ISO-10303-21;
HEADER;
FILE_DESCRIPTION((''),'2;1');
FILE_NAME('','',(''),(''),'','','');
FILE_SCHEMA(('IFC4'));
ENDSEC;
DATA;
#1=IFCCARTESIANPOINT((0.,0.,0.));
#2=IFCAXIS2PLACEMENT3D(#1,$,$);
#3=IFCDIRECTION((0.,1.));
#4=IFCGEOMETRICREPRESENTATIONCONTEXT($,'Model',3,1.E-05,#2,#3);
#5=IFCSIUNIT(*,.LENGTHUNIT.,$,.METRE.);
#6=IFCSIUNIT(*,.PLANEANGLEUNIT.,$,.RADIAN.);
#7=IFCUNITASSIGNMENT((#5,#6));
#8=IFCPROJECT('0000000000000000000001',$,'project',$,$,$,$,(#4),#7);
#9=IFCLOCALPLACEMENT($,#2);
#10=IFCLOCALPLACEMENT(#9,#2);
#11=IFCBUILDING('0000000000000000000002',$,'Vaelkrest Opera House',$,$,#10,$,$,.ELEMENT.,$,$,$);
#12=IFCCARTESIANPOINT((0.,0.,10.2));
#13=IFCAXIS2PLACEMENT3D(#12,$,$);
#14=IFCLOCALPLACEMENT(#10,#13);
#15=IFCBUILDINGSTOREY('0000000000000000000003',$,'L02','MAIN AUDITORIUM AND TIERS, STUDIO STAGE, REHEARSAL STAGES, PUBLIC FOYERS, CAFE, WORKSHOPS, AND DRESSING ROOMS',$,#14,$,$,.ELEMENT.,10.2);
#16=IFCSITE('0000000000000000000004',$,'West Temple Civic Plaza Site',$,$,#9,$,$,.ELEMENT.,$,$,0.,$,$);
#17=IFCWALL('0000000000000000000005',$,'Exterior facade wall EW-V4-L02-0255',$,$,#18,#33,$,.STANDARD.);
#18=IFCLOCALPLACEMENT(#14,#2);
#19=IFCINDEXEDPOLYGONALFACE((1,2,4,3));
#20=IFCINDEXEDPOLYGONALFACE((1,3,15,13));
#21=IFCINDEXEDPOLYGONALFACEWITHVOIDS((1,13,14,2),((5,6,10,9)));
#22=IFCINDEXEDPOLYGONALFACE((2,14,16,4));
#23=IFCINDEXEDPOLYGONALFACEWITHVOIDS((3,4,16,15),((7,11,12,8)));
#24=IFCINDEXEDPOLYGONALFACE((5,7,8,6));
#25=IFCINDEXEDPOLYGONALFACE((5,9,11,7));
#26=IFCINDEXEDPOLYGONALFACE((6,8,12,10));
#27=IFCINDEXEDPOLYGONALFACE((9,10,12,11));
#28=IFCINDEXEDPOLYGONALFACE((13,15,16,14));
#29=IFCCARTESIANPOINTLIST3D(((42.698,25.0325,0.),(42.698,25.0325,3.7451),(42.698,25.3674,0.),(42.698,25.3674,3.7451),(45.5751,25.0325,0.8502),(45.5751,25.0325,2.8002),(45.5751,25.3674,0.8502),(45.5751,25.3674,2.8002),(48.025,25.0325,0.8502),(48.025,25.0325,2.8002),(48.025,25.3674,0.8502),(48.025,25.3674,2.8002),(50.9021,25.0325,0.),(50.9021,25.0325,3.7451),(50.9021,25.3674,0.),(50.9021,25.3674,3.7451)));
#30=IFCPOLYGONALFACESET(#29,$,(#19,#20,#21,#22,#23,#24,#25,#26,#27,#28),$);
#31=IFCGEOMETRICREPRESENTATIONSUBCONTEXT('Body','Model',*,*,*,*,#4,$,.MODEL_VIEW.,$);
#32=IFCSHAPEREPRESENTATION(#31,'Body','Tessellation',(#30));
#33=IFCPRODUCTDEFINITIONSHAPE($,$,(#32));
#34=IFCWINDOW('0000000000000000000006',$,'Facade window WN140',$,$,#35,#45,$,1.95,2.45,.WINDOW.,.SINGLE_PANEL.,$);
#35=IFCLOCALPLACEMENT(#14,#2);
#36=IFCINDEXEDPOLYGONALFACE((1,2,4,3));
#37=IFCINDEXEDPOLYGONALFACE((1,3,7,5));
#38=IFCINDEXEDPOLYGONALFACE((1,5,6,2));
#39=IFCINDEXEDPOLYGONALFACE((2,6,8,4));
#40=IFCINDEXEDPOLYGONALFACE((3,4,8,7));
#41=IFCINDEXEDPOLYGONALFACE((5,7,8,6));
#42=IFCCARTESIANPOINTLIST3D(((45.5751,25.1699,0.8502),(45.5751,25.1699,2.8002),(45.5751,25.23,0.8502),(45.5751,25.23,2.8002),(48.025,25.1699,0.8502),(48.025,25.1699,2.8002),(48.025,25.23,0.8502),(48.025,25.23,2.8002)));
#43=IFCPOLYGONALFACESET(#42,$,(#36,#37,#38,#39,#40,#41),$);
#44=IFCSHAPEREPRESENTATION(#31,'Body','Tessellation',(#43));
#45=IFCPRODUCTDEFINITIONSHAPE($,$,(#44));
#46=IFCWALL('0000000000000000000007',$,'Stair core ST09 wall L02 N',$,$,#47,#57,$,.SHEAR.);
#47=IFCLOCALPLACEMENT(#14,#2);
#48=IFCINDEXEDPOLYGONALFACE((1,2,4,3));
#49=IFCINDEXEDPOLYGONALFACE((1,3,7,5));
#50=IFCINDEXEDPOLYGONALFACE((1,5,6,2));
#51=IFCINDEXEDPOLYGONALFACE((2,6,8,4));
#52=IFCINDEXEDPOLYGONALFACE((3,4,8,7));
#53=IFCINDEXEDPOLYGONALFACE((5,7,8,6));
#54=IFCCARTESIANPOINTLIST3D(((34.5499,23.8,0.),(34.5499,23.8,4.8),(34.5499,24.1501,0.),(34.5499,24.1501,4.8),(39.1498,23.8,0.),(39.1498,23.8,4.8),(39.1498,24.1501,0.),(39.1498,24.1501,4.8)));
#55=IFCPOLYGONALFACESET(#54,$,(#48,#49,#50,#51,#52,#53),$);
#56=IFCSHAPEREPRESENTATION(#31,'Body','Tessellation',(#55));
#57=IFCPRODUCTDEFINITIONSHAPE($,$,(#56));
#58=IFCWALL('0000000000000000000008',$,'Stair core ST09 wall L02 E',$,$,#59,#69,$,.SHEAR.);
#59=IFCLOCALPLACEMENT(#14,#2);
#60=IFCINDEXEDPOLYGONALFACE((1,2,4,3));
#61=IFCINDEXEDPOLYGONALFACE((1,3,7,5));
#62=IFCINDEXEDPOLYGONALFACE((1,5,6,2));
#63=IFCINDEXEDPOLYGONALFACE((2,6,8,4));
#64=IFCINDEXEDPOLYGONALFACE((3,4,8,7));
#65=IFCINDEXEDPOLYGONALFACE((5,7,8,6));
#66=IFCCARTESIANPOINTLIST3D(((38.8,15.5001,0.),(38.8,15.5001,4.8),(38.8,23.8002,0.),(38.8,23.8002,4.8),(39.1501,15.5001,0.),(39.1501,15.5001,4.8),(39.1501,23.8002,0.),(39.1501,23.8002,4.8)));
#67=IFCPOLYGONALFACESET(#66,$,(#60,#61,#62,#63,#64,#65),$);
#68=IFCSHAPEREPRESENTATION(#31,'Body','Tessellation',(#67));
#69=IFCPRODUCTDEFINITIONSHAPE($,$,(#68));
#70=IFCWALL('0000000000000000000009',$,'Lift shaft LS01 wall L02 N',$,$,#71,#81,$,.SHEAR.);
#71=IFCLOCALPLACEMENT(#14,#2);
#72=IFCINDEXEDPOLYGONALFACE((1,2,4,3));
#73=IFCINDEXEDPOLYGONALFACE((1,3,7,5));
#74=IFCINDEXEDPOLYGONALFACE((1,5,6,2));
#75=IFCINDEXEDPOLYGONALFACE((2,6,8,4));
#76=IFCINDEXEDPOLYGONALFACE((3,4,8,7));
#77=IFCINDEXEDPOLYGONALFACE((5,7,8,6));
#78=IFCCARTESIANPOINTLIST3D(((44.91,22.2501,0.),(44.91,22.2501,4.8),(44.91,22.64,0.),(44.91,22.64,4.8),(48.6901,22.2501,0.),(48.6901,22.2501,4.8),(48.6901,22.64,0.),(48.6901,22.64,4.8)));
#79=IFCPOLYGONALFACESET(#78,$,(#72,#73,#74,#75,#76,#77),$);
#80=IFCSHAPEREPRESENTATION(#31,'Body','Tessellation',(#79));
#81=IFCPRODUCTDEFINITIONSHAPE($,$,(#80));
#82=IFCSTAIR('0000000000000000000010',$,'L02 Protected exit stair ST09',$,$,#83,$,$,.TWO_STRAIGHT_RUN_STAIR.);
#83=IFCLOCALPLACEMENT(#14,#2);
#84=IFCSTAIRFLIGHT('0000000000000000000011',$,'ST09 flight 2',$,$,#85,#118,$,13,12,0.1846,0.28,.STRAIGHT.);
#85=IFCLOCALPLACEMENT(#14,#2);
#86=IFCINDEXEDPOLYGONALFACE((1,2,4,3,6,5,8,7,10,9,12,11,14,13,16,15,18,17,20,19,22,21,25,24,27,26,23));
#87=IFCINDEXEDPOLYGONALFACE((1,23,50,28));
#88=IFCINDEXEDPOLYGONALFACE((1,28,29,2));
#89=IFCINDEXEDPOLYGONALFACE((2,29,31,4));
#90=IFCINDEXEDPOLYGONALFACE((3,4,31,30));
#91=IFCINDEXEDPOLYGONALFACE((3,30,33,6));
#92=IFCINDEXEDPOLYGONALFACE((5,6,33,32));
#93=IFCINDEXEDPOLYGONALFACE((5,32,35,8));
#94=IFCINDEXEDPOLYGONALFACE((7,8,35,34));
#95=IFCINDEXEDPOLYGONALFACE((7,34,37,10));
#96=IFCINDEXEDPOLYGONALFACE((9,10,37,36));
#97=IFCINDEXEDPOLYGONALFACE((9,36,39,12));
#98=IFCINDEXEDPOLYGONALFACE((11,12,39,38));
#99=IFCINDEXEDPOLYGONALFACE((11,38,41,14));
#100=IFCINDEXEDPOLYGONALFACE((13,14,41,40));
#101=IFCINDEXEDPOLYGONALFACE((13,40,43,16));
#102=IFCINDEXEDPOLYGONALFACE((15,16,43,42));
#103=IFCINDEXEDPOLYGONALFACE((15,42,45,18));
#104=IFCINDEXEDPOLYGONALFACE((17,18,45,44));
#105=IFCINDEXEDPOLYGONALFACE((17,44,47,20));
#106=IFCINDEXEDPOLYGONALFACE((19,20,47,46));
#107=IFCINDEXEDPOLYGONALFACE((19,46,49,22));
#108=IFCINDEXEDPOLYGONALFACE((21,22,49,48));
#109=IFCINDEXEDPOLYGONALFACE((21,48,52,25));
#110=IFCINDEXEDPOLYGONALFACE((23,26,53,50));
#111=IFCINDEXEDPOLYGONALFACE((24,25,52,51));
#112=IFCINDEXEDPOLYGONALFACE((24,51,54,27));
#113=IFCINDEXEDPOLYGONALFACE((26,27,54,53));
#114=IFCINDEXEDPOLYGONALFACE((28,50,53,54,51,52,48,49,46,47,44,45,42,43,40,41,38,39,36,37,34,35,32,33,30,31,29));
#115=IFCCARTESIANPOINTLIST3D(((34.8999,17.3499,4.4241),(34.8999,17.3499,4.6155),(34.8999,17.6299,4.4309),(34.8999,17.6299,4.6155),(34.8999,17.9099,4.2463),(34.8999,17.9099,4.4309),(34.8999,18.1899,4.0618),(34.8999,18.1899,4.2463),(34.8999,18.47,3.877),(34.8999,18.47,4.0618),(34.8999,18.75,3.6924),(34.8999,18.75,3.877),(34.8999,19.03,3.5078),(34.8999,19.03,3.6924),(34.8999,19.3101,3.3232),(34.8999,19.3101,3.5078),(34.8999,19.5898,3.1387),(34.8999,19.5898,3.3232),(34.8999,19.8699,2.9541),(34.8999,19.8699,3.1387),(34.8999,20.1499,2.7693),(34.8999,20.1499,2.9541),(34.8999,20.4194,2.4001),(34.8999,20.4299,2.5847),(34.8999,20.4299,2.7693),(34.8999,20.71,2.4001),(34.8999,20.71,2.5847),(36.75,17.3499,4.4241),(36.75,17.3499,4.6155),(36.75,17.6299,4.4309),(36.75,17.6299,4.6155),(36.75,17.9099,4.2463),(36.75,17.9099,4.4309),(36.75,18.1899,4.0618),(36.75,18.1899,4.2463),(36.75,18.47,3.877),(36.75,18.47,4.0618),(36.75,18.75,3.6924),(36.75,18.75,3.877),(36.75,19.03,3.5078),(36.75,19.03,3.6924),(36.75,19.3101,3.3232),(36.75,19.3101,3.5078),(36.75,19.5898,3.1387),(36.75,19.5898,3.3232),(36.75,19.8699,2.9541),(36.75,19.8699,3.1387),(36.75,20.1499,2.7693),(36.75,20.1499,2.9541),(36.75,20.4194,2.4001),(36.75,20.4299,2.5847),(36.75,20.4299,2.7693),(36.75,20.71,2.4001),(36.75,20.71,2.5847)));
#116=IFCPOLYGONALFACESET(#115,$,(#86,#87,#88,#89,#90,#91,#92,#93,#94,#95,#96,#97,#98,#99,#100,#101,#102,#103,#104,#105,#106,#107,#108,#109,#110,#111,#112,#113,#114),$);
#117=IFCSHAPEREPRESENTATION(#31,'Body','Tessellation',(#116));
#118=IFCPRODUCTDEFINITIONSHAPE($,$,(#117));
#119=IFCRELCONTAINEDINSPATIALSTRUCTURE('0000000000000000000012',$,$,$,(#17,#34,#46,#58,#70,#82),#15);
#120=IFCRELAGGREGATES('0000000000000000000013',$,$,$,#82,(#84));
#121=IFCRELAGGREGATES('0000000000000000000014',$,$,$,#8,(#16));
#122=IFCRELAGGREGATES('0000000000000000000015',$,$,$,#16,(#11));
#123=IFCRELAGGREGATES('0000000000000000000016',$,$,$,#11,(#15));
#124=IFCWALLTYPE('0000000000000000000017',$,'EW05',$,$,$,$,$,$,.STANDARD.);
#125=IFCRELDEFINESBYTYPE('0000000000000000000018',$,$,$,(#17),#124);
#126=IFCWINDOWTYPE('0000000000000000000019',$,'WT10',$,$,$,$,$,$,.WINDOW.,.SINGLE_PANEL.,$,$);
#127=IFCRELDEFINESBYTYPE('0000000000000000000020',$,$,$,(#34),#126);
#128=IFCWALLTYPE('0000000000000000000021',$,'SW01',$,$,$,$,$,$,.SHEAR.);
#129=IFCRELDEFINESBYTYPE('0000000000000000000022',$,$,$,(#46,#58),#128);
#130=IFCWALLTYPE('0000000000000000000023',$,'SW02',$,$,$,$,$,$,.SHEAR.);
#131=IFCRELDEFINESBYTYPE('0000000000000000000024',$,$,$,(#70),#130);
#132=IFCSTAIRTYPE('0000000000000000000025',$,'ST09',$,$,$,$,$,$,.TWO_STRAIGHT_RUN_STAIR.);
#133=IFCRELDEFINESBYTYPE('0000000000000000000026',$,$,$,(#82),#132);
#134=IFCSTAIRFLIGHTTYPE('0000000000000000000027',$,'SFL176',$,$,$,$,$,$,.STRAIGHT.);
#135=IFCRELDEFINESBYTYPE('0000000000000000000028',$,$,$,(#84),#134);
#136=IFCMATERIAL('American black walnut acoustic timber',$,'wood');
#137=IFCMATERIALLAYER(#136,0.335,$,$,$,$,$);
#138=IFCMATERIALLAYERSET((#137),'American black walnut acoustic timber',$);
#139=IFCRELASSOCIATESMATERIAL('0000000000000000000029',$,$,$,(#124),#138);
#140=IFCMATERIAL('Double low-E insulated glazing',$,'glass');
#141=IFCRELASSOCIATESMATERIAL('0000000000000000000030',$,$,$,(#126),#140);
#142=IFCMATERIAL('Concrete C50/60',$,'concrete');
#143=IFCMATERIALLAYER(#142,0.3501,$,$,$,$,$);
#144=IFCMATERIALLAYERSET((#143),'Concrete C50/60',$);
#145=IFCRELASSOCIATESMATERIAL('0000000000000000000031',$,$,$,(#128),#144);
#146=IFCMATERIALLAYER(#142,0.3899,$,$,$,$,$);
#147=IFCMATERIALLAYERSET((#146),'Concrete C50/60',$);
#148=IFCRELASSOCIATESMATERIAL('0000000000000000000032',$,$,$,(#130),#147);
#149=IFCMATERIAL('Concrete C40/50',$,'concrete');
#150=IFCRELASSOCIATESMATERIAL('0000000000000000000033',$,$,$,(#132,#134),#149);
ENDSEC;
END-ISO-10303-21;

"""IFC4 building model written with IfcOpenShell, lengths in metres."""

from ifc_helpers import new_model, si_unit, direction, frame, frame_2d, origin, place, context, subcontext, project, spatial, polyline, rectangle, outline, extrude, material, layer, layer_set, type_object, element, fill, aggregate, save


model = new_model("IFC4")

# Units and contexts
model_context = context("Model", 3, precision=1e-05, world=origin(), true_north=direction((0.0, 1.0)))
body_context = subcontext(model_context, "Body", "Model", "MODEL_VIEW")
ifc_project = project(units=[si_unit("LENGTHUNIT", "METRE"), si_unit("PLANEANGLEUNIT", "RADIAN")], contexts=[model_context])

# Site, building, storey
site_placement = place(None, origin())
site = spatial("IfcSite", under=ifc_project, at=site_placement, Name="West Temple Civic Plaza Site", CompositionType="ELEMENT", RefElevation=0.0)
building_placement = place(site_placement, origin())
building = spatial("IfcBuilding", under=site, at=building_placement, Name="Vaelkrest Opera House", CompositionType="ELEMENT")
storey_placement = place(building_placement, frame((0.0, 0.0, 10.2)))
storey = spatial("IfcBuildingStorey", under=building, at=storey_placement, Name="L02", Description="MAIN AUDITORIUM AND TIERS, STUDIO STAGE, REHEARSAL STAGES, PUBLIC FOYERS, CAFE, WORKSHOPS, AND DRESSING ROOMS", CompositionType="ELEMENT", Elevation=10.2)

# Shared definitions
ifc_material_1 = material(Name="Concrete C50/60", Category="concrete")

# Wall, opening, window
ifc_material_2 = material(Name="American black walnut acoustic timber", Category="wood")
ifc_material_3 = material(Name="Double low-E insulated glazing", Category="glass")
ifc_layer_1 = layer(ifc_material_2, 0.335)
ifc_layer_set_1 = layer_set([ifc_layer_1], Name="American black walnut acoustic timber")
wall_type_1 = type_object("IfcWallType", Name="EW05", PredefinedType="STANDARD", material=ifc_layer_set_1)
wall_1_placement = place(storey_placement, frame((42.698, 25.2, 0.0), z_axis=(0.0, 0.0, 1.0), x_axis=(1.0, 0.0, 0.0)))
wall_1 = element("IfcWall", 1, at=wall_1_placement, inside=storey, type_object=wall_type_1, Name="Exterior facade wall EW-V4-L02-0255", PredefinedType="STANDARD", context=body_context, shape_type="SweptSolid", body=[
    extrude(rectangle(XDim=8.2041, YDim=0.335, at=frame_2d((4.1021, 0.0))), origin(), (0.0, 0.0, 1.0), 3.7451),
])
opening_1_placement = place(wall_1_placement, frame((2.877, 0.0, 0.8501)))
opening_1 = element("IfcOpeningElement", 2, at=opening_1_placement, cuts=wall_1, PredefinedType="OPENING", context=body_context, shape_type="SweptSolid", body=[
    extrude(rectangle(XDim=2.45, YDim=1.95, at=frame_2d((1.2251, 0.9751))), frame((0.0, 0.1775, 0.0), z_axis=(0.0, -1.0, 0.0), x_axis=(1.0, 0.0, 0.0)), (0.0, 0.0, 1.0), 0.355),
])
window_type_1 = type_object("IfcWindowType", Name="WT10", PartitioningType="SINGLE_PANEL", PredefinedType="WINDOW", material=ifc_material_3)
window_1_placement = place(opening_1_placement, origin())
window_1 = element("IfcWindow", 3, at=window_1_placement, inside=storey, type_object=window_type_1, Name="Facade window WN140", OverallHeight=1.95, OverallWidth=2.45, PartitioningType="SINGLE_PANEL", PredefinedType="WINDOW", context=body_context, shape_type="SweptSolid", body=[
    extrude(rectangle(XDim=2.45, YDim=1.95, at=frame_2d((1.2251, 0.9751))), frame((0.0, 0.03, 0.0), z_axis=(0.0, -1.0, 0.0), x_axis=(1.0, 0.0, 0.0)), (0.0, 0.0, 1.0), 0.0601),
])
fill(opening_1, window_1)

# Walls
ifc_layer_2 = layer(ifc_material_1, 0.3501)
ifc_layer_set_2 = layer_set([ifc_layer_2], Name="Concrete C50/60")
wall_type_2 = type_object("IfcWallType", Name="SW01", PredefinedType="SHEAR", material=ifc_layer_set_2)
wall_2_placement = place(storey_placement, frame((34.55, 23.9751, 0.0), z_axis=(0.0, 0.0, 1.0), x_axis=(1.0, 0.0, 0.0)))
element("IfcWall", 4, at=wall_2_placement, inside=storey, type_object=wall_type_2, Name="Stair core ST09 wall L02 N", PredefinedType="SHEAR", context=body_context, shape_type="SweptSolid", body=[
    extrude(rectangle(XDim=4.5999, YDim=0.3501, at=frame_2d((2.2998, 0.0))), origin(), (0.0, 0.0, 1.0), 4.8),
])
wall_3_placement = place(storey_placement, frame((38.9751, 23.8, 0.0), z_axis=(0.0, 0.0, 1.0), x_axis=(0.0, -1.0, 0.0)))
element("IfcWall", 5, at=wall_3_placement, inside=storey, type_object=wall_type_2, Name="Stair core ST09 wall L02 E", PredefinedType="SHEAR", context=body_context, shape_type="SweptSolid", body=[
    extrude(rectangle(XDim=8.3, YDim=0.3501, at=frame_2d((4.1499, 0.0))), origin(), (0.0, 0.0, 1.0), 4.8),
])
ifc_layer_3 = layer(ifc_material_1, 0.3899)
ifc_layer_set_3 = layer_set([ifc_layer_3], Name="Concrete C50/60")
wall_type_3 = type_object("IfcWallType", Name="SW02", PredefinedType="SHEAR", material=ifc_layer_set_3)
wall_4_placement = place(storey_placement, frame((44.9099, 22.4451, 0.0), z_axis=(0.0, 0.0, 1.0), x_axis=(1.0, 0.0, 0.0)))
element("IfcWall", 6, at=wall_4_placement, inside=storey, type_object=wall_type_3, Name="Lift shaft LS01 wall L02 N", PredefinedType="SHEAR", context=body_context, shape_type="SweptSolid", body=[
    extrude(rectangle(XDim=3.78, YDim=0.3899, at=frame_2d((1.8901, 0.0))), origin(), (0.0, 0.0, 1.0), 4.8),
])

# Stair, stair flight
ifc_material_4 = material(Name="Concrete C40/50", Category="concrete")
stair_type = type_object("IfcStairType", Name="ST09", PredefinedType="TWO_STRAIGHT_RUN_STAIR", material=ifc_material_4)
stair_placement = place(storey_placement, origin())
stair = element("IfcStair", 7, at=stair_placement, inside=storey, type_object=stair_type, Name="L02 Protected exit stair ST09", PredefinedType="TWO_STRAIGHT_RUN_STAIR")
stair_flight_type = type_object("IfcStairFlightType", Name="SFL176", PredefinedType="STRAIGHT", material=ifc_material_4)
stair_flight_placement = place(storey_placement, frame((35.825, 20.71, 2.4001), z_axis=(0.0, 0.0, 1.0), x_axis=(0.0, -1.0, 0.0)))
stair_flight = element("IfcStairFlight", 8, at=stair_flight_placement, type_object=stair_flight_type, Name="ST09 flight 2", NumberOfRisers=13, NumberOfTreads=12, PredefinedType="STRAIGHT", RiserHeight=0.1846, TreadLength=0.28, context=body_context, shape_type="SweptSolid", body=[
    extrude(outline(polyline([(0.0, 0.0), (0.0, 0.1846), (0.28, 0.1846), (0.28, 0.3691), (0.5601, 0.3691), (0.5601, 0.554), (0.8401, 0.554), (0.8401, 0.7385), (1.1201, 0.7385), (1.1201, 0.9231), (1.3999, 0.9231), (1.3999, 1.1077), (1.6799, 1.1077), (1.6799, 1.2922), (1.96, 1.2922), (1.96, 1.4768), (2.24, 1.4768), (2.24, 1.6616), (2.52, 1.6616), (2.52, 1.8462), (2.8, 1.8462), (2.8, 2.0308), (3.0801, 2.0308), (3.0801, 2.2153), (3.3601, 2.2153), (3.3601, 2.3999), (3.3601, 2.0239), (0.2905, 0.0), (0.0, 0.0)])), frame((0.0, 0.925, 0.0), z_axis=(0.0, -1.0, 0.0), x_axis=(1.0, 0.0, 0.0)), (0.0, 0.0, 1.0), 1.8501),
])
aggregate(stair, [stair_flight])

save(model, "model.ifc")
